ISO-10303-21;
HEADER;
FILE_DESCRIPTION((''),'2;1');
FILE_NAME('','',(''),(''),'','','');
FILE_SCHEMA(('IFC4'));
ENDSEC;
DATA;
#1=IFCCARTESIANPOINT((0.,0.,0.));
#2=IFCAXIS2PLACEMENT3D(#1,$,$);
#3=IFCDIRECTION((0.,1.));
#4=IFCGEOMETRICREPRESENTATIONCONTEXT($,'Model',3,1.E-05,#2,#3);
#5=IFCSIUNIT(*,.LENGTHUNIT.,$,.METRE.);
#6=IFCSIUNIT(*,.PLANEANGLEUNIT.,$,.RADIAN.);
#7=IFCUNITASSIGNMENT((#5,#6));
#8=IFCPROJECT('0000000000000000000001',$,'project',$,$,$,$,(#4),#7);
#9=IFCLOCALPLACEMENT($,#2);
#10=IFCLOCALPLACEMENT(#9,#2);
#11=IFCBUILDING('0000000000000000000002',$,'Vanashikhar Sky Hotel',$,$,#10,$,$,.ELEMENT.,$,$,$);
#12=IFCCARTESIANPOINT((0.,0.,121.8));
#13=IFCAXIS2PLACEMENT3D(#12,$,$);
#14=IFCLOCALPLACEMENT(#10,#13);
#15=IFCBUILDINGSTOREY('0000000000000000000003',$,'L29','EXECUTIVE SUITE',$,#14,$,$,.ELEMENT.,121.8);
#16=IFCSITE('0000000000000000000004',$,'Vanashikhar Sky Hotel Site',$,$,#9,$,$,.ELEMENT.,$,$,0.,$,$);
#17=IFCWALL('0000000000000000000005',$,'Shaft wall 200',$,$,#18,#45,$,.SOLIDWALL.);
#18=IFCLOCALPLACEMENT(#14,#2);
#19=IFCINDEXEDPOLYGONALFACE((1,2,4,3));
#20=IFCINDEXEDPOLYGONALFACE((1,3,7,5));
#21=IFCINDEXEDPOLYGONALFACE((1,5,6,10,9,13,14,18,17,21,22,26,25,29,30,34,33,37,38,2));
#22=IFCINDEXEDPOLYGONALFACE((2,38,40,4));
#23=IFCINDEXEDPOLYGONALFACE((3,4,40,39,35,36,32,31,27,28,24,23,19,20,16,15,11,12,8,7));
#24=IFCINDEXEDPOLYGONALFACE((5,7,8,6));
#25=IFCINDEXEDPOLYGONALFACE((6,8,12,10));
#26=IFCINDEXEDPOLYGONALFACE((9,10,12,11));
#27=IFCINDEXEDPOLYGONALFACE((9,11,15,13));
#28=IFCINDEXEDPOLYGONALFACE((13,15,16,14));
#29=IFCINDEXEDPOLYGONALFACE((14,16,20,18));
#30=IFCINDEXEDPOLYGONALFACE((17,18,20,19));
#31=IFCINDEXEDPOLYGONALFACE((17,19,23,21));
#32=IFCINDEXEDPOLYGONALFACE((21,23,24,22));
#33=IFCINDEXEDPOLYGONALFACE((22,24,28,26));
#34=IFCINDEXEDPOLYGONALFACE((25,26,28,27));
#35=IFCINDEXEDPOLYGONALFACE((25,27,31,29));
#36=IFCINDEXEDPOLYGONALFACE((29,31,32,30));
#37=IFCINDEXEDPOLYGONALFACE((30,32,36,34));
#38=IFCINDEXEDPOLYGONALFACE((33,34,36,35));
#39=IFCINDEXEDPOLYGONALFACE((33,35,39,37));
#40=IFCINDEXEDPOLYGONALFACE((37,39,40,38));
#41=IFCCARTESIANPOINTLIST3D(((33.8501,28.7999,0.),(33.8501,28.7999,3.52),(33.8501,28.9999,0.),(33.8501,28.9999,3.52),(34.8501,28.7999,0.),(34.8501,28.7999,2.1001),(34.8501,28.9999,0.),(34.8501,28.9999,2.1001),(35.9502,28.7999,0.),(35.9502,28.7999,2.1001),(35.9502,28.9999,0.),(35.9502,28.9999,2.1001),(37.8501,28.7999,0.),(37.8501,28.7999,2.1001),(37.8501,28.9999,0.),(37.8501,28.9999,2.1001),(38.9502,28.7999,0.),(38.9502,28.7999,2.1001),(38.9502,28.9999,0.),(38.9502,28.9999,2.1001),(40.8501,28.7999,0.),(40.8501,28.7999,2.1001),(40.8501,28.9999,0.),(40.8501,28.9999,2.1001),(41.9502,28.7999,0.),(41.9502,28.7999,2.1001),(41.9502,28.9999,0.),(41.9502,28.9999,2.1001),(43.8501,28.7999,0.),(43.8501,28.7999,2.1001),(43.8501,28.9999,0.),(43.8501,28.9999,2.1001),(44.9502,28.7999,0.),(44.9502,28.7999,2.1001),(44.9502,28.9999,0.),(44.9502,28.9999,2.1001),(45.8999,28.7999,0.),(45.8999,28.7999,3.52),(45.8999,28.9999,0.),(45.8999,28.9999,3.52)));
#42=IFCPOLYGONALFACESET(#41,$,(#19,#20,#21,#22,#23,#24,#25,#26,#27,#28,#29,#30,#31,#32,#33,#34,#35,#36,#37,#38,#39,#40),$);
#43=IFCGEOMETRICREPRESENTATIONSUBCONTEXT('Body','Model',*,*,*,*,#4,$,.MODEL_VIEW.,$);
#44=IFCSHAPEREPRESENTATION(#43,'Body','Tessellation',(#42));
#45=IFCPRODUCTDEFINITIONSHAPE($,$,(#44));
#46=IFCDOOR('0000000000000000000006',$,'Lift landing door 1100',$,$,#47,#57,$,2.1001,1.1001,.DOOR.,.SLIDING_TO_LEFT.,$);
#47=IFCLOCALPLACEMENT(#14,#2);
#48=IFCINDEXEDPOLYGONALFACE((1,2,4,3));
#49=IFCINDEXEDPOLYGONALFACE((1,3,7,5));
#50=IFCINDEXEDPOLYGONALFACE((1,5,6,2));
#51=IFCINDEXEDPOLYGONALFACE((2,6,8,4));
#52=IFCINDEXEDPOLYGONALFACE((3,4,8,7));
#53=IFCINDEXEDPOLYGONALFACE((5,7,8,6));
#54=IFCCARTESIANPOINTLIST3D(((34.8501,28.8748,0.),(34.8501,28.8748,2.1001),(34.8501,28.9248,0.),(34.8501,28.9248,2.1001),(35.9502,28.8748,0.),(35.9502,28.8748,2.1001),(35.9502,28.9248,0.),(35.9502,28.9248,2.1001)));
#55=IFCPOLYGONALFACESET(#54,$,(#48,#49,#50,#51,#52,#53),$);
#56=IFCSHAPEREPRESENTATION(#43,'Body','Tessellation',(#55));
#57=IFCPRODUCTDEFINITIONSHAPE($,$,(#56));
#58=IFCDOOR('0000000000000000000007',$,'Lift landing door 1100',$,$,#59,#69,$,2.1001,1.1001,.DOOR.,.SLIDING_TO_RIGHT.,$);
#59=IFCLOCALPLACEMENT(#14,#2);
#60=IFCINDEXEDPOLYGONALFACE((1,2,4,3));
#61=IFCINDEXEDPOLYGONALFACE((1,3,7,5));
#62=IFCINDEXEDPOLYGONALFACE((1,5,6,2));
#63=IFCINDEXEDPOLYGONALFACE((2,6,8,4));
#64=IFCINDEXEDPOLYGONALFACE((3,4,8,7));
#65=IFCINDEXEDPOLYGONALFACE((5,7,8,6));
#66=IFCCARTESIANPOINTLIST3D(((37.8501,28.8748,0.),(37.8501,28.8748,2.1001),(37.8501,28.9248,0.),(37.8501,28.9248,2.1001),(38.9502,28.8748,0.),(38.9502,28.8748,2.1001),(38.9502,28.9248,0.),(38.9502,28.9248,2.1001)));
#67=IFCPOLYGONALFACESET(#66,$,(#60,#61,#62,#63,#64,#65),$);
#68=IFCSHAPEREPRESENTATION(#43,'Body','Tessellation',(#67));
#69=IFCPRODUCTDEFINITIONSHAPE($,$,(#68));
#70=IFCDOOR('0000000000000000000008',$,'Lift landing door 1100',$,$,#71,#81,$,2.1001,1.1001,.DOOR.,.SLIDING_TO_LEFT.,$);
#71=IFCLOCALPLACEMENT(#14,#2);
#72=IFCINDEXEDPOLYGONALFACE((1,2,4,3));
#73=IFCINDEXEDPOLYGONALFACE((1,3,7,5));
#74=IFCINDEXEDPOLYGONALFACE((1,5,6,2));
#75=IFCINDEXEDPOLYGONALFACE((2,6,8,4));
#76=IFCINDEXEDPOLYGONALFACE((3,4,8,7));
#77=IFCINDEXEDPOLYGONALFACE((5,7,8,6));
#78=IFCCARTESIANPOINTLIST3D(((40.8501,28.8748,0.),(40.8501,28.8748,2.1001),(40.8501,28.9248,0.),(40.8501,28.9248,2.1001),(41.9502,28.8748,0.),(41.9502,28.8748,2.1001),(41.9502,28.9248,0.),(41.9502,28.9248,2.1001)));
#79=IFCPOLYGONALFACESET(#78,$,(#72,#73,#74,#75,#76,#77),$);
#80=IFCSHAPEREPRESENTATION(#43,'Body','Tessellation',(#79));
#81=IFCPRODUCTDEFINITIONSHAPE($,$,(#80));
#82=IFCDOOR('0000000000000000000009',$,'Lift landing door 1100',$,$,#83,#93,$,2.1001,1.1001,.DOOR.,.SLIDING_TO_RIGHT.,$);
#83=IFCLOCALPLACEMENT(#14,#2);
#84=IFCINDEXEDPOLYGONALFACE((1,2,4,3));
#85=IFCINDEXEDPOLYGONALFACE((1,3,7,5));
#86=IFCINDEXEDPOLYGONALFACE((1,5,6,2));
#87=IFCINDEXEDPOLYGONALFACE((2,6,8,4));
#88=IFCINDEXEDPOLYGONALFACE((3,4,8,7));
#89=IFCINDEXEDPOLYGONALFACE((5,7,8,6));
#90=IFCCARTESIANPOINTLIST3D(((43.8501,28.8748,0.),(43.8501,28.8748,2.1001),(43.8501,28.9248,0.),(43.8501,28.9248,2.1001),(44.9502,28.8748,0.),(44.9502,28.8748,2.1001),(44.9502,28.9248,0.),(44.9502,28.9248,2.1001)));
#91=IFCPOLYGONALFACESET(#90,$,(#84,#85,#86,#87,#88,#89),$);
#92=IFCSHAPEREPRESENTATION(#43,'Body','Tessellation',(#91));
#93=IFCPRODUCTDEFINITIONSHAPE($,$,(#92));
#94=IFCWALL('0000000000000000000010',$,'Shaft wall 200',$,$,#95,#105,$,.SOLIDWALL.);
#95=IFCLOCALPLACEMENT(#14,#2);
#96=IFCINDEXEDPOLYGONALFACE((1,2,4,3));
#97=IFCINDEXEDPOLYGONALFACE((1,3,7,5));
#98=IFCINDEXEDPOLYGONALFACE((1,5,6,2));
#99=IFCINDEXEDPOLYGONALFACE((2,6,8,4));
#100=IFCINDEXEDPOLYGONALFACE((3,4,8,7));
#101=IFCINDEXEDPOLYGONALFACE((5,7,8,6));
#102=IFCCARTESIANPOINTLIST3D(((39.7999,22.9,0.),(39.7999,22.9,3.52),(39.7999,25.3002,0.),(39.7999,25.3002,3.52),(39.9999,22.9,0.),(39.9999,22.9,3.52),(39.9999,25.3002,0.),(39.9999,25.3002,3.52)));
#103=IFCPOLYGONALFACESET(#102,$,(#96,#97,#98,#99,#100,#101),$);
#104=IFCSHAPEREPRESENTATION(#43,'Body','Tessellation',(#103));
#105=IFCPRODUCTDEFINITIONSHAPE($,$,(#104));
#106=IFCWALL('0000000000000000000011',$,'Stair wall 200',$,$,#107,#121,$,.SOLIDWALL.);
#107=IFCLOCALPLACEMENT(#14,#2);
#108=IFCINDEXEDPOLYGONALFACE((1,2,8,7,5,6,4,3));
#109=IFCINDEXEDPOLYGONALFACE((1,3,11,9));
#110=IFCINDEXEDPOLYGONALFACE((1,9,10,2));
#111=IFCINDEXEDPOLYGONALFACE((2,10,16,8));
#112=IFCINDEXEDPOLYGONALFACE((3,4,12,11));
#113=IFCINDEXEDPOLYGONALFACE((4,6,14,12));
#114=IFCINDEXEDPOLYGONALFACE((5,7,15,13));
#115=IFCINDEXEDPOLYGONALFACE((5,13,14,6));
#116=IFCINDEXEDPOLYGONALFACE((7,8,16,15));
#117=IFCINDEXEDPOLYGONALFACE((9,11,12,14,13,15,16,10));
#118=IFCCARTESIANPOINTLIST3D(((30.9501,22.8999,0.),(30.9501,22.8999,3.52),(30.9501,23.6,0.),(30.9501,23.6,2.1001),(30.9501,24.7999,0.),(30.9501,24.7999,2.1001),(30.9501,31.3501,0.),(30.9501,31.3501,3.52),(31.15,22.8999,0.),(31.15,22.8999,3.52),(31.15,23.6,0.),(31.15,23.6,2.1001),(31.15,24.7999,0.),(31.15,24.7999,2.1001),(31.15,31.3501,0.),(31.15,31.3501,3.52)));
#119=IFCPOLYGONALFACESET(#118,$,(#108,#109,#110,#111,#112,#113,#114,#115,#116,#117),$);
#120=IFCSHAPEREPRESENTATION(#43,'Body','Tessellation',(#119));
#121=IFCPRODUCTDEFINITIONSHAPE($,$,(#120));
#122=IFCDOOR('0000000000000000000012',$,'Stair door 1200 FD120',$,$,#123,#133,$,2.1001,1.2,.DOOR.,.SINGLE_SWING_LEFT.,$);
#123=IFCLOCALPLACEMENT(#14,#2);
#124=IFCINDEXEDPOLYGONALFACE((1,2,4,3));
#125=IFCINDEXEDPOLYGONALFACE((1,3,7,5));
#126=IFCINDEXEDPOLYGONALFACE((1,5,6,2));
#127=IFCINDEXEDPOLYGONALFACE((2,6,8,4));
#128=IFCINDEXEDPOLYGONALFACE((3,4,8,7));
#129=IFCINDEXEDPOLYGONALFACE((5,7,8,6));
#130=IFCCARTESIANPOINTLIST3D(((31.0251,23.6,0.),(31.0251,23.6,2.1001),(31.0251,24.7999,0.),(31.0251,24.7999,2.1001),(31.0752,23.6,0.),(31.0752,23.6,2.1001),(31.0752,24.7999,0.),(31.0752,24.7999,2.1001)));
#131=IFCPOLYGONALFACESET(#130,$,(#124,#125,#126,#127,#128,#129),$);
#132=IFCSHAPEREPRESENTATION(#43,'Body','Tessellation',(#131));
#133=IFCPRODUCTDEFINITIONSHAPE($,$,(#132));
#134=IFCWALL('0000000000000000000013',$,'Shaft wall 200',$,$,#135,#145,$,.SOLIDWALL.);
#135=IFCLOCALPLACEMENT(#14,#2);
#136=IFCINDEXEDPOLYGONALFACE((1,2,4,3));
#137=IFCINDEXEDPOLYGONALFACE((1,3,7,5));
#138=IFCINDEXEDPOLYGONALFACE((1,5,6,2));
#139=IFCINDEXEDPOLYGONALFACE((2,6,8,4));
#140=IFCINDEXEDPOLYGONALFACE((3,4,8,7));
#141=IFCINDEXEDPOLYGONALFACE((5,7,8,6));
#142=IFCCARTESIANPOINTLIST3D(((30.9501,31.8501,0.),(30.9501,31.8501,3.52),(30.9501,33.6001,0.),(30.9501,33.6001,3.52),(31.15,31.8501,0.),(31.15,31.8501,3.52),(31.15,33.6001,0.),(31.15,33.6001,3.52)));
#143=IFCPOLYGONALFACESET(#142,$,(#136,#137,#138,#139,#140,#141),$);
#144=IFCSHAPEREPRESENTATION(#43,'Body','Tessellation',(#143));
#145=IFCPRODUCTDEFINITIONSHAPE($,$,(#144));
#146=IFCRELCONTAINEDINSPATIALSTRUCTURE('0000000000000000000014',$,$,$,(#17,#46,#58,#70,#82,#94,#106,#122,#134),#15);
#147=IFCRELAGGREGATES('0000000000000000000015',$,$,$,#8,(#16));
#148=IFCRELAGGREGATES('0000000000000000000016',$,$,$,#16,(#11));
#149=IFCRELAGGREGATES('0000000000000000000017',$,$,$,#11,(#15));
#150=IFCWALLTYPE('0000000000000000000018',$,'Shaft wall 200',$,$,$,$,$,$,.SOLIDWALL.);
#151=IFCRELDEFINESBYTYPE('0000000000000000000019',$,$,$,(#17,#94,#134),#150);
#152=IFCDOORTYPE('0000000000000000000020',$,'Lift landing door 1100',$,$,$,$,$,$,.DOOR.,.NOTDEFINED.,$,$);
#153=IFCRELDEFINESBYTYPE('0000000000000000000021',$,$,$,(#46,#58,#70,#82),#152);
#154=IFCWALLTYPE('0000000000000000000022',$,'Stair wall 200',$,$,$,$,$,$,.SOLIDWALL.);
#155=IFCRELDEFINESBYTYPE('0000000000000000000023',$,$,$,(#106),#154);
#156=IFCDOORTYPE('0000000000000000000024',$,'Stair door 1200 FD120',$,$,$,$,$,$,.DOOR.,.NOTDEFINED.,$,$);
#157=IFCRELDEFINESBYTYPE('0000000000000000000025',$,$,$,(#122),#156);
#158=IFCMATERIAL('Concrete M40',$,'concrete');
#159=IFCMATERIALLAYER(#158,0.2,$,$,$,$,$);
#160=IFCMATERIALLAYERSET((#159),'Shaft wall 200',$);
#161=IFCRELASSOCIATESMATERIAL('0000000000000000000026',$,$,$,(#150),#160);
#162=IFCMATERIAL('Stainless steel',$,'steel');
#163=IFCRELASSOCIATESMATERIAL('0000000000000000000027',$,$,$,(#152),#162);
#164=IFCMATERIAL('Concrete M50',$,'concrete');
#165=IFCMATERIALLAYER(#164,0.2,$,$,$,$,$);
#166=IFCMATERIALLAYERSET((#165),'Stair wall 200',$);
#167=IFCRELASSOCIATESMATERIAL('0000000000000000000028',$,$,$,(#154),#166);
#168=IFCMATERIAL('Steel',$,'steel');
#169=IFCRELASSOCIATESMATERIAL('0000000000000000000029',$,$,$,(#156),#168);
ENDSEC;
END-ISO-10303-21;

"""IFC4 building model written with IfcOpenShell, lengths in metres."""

from ifc_helpers import new_model, si_unit, direction, frame, frame_2d, origin, place, context, subcontext, project, spatial, rectangle, extrude, source, transform, mapped, material, layer, layer_set, type_object, element, fill, save


model = new_model("IFC4")

# Units and contexts
model_context = context("Model", 3, precision=1e-05, world=origin(), true_north=direction((0.0, 1.0)))
body_context = subcontext(model_context, "Body", "Model", "MODEL_VIEW")
ifc_project = project(units=[si_unit("LENGTHUNIT", "METRE"), si_unit("PLANEANGLEUNIT", "RADIAN")], contexts=[model_context])

# Site, building, storey
site_placement = place(None, origin())
site = spatial("IfcSite", under=ifc_project, at=site_placement, Name="Vanashikhar Sky Hotel Site", CompositionType="ELEMENT", RefElevation=0.0)
building_placement = place(site_placement, origin())
building = spatial("IfcBuilding", under=site, at=building_placement, Name="Vanashikhar Sky Hotel", CompositionType="ELEMENT")
storey_placement = place(building_placement, frame((0.0, 0.0, 121.8)))
storey = spatial("IfcBuildingStorey", under=building, at=storey_placement, Name="L29", Description="EXECUTIVE SUITE", CompositionType="ELEMENT", Elevation=121.8)

# Shared definitions
ifc_material_1 = material(Name="Steel", Category="steel")
shared_shape_1 = source(origin(), body_context, "Body", "SweptSolid", [
    extrude(rectangle(XDim=1.1001, YDim=2.1001, at=frame_2d((0.55, 1.05))), frame((0.0, 0.0249, 0.0), z_axis=(0.0, -1.0, 0.0), x_axis=(1.0, 0.0, 0.0)), (0.0, 0.0, 1.0), 0.05),
])

# Wall, openings, doors
ifc_material_2 = material(Name="Concrete M40", Category="concrete")
ifc_layer_1 = layer(ifc_material_2, 0.2)
ifc_layer_set_1 = layer_set([ifc_layer_1], Name="Shaft wall 200")
wall_type_1 = type_object("IfcWallType", Name="Shaft wall 200", PredefinedType="SOLIDWALL", material=ifc_layer_set_1)
shared_shape_2 = source(origin(), body_context, "Body", "SweptSolid", [
    extrude(rectangle(XDim=1.1001, YDim=2.1001, at=frame_2d((0.55, 1.05))), frame((0.0, 0.1099, 0.0), z_axis=(0.0, -1.0, 0.0), x_axis=(1.0, 0.0, 0.0)), (0.0, 0.0, 1.0), 0.22),
])
ifc_material_3 = material(Name="Stainless steel", Category="steel")
door_type_1 = type_object("IfcDoorType", Name="Lift landing door 1100", OperationType="NOTDEFINED", PredefinedType="DOOR", material=ifc_material_3)
shared_shape_3 = source(origin(), body_context, "Body", "SweptSolid", [
    extrude(rectangle(XDim=12.0498, YDim=0.2, at=frame_2d((6.0249, 0.0))), origin(), (0.0, 0.0, 1.0), 3.52),
])
wall_1_placement = place(storey_placement, frame((33.8501, 28.8999, 0.0), z_axis=(0.0, 0.0, 1.0), x_axis=(1.0, 0.0, 0.0)))
wall_1 = element("IfcWall", 1, at=wall_1_placement, inside=storey, type_object=wall_type_1, Name="Shaft wall 200", PredefinedType="SOLIDWALL", context=body_context, shape_type="MappedRepresentation", body=[
    mapped(shared_shape_3, transform((0.0, 0.0, 0.0), scale=1.0)),
])
opening_1_placement = place(wall_1_placement, frame((1.0, 0.0, 0.0)))
opening_1 = element("IfcOpeningElement", 2, at=opening_1_placement, cuts=wall_1, PredefinedType="OPENING", context=body_context, shape_type="MappedRepresentation", body=[
    mapped(shared_shape_2, transform((0.0, 0.0, 0.0), scale=1.0)),
])
opening_2_placement = place(wall_1_placement, frame((4.0, 0.0, 0.0)))
opening_2 = element("IfcOpeningElement", 3, at=opening_2_placement, cuts=wall_1, PredefinedType="OPENING", context=body_context, shape_type="MappedRepresentation", body=[
    mapped(shared_shape_2, transform((0.0, 0.0, 0.0), scale=1.0)),
])
opening_3_placement = place(wall_1_placement, frame((7.0, 0.0, 0.0)))
opening_3 = element("IfcOpeningElement", 4, at=opening_3_placement, cuts=wall_1, PredefinedType="OPENING", context=body_context, shape_type="MappedRepresentation", body=[
    mapped(shared_shape_2, transform((0.0, 0.0, 0.0), scale=1.0)),
])
opening_4_placement = place(wall_1_placement, frame((10.0, 0.0, 0.0)))
opening_4 = element("IfcOpeningElement", 5, at=opening_4_placement, cuts=wall_1, PredefinedType="OPENING", context=body_context, shape_type="MappedRepresentation", body=[
    mapped(shared_shape_2, transform((0.0, 0.0, 0.0), scale=1.0)),
])
door_1_placement = place(opening_1_placement, origin())
door_1 = element("IfcDoor", 6, at=door_1_placement, inside=storey, type_object=door_type_1, Name="Lift landing door 1100", OperationType="SLIDING_TO_LEFT", OverallHeight=2.1001, OverallWidth=1.1001, PredefinedType="DOOR", context=body_context, shape_type="MappedRepresentation", body=[
    mapped(shared_shape_1, transform((0.0, 0.0, 0.0), scale=1.0)),
])
fill(opening_1, door_1)
door_2_placement = place(opening_2_placement, origin())
door_2 = element("IfcDoor", 7, at=door_2_placement, inside=storey, type_object=door_type_1, Name="Lift landing door 1100", OperationType="SLIDING_TO_RIGHT", OverallHeight=2.1001, OverallWidth=1.1001, PredefinedType="DOOR", context=body_context, shape_type="MappedRepresentation", body=[
    mapped(shared_shape_1, transform((0.0, 0.0, 0.0), scale=1.0)),
])
fill(opening_2, door_2)
door_3_placement = place(opening_3_placement, origin())
door_3 = element("IfcDoor", 8, at=door_3_placement, inside=storey, type_object=door_type_1, Name="Lift landing door 1100", OperationType="SLIDING_TO_LEFT", OverallHeight=2.1001, OverallWidth=1.1001, PredefinedType="DOOR", context=body_context, shape_type="MappedRepresentation", body=[
    mapped(shared_shape_1, transform((0.0, 0.0, 0.0), scale=1.0)),
])
fill(opening_3, door_3)
door_4_placement = place(opening_4_placement, origin())
door_4 = element("IfcDoor", 9, at=door_4_placement, inside=storey, type_object=door_type_1, Name="Lift landing door 1100", OperationType="SLIDING_TO_RIGHT", OverallHeight=2.1001, OverallWidth=1.1001, PredefinedType="DOOR", context=body_context, shape_type="MappedRepresentation", body=[
    mapped(shared_shape_1, transform((0.0, 0.0, 0.0), scale=1.0)),
])
fill(opening_4, door_4)

# Wall
shared_shape_4 = source(origin(), body_context, "Body", "SweptSolid", [
    extrude(rectangle(XDim=2.4001, YDim=0.2, at=frame_2d((1.2002, 0.0))), origin(), (0.0, 0.0, 1.0), 3.52),
])
wall_2_placement = place(storey_placement, frame((39.8999, 22.8999, 0.0), z_axis=(0.0, 0.0, 1.0), x_axis=(0.0, 1.0, 0.0)))
element("IfcWall", 10, at=wall_2_placement, inside=storey, type_object=wall_type_1, Name="Shaft wall 200", PredefinedType="SOLIDWALL", context=body_context, shape_type="MappedRepresentation", body=[
    mapped(shared_shape_4, transform((0.0, 0.0, 0.0), scale=1.0)),
])

# Wall, opening, door
ifc_material_4 = material(Name="Concrete M50", Category="concrete")
ifc_layer_2 = layer(ifc_material_4, 0.2)
ifc_layer_set_2 = layer_set([ifc_layer_2], Name="Stair wall 200")
wall_type_2 = type_object("IfcWallType", Name="Stair wall 200", PredefinedType="SOLIDWALL", material=ifc_layer_set_2)
shared_shape_5 = source(origin(), body_context, "Body", "SweptSolid", [
    extrude(rectangle(XDim=8.4502, YDim=0.2, at=frame_2d((4.2251, 0.0))), origin(), (0.0, 0.0, 1.0), 3.52),
])
wall_3_placement = place(storey_placement, frame((31.05, 22.8999, 0.0), z_axis=(0.0, 0.0, 1.0), x_axis=(0.0, 1.0, 0.0)))
wall_3 = element("IfcWall", 11, at=wall_3_placement, inside=storey, type_object=wall_type_2, Name="Stair wall 200", PredefinedType="SOLIDWALL", context=body_context, shape_type="MappedRepresentation", body=[
    mapped(shared_shape_5, transform((0.0, 0.0, 0.0), scale=1.0)),
])
shared_shape_6 = source(origin(), body_context, "Body", "SweptSolid", [
    extrude(rectangle(XDim=1.2, YDim=2.1001, at=frame_2d((0.6001, 1.05))), frame((0.0, 0.1099, 0.0), z_axis=(0.0, -1.0, 0.0), x_axis=(1.0, 0.0, 0.0)), (0.0, 0.0, 1.0), 0.22),
])
opening_5_placement = place(wall_3_placement, frame((0.7, 0.0, 0.0)))
opening_5 = element("IfcOpeningElement", 12, at=opening_5_placement, cuts=wall_3, PredefinedType="OPENING", context=body_context, shape_type="MappedRepresentation", body=[
    mapped(shared_shape_6, transform((0.0, 0.0, 0.0), scale=1.0)),
])
door_type_2 = type_object("IfcDoorType", Name="Stair door 1200 FD120", OperationType="NOTDEFINED", PredefinedType="DOOR", material=ifc_material_1)
shared_shape_7 = source(origin(), body_context, "Body", "SweptSolid", [
    extrude(rectangle(XDim=1.2, YDim=2.1001, at=frame_2d((0.6001, 1.05))), frame((0.0, 0.0249, 0.0), z_axis=(0.0, -1.0, 0.0), x_axis=(1.0, 0.0, 0.0)), (0.0, 0.0, 1.0), 0.05),
])
door_5_placement = place(opening_5_placement, origin())
door_5 = element("IfcDoor", 13, at=door_5_placement, inside=storey, type_object=door_type_2, Name="Stair door 1200 FD120", OperationType="SINGLE_SWING_LEFT", OverallHeight=2.1001, OverallWidth=1.2, PredefinedType="DOOR", context=body_context, shape_type="MappedRepresentation", body=[
    mapped(shared_shape_7, transform((0.0, 0.0, 0.0), scale=1.0)),
])
fill(opening_5, door_5)

# Wall
shared_shape_8 = source(origin(), body_context, "Body", "SweptSolid", [
    extrude(rectangle(XDim=1.75, YDim=0.2, at=frame_2d((0.875, 0.0))), origin(), (0.0, 0.0, 1.0), 3.52),
])
wall_4_placement = place(storey_placement, frame((31.05, 31.8501, 0.0), z_axis=(0.0, 0.0, 1.0), x_axis=(0.0, 1.0, 0.0)))
element("IfcWall", 14, at=wall_4_placement, inside=storey, type_object=wall_type_1, Name="Shaft wall 200", PredefinedType="SOLIDWALL", context=body_context, shape_type="MappedRepresentation", body=[
    mapped(shared_shape_8, transform((0.0, 0.0, 0.0), scale=1.0)),
])

save(model, "model.ifc")
